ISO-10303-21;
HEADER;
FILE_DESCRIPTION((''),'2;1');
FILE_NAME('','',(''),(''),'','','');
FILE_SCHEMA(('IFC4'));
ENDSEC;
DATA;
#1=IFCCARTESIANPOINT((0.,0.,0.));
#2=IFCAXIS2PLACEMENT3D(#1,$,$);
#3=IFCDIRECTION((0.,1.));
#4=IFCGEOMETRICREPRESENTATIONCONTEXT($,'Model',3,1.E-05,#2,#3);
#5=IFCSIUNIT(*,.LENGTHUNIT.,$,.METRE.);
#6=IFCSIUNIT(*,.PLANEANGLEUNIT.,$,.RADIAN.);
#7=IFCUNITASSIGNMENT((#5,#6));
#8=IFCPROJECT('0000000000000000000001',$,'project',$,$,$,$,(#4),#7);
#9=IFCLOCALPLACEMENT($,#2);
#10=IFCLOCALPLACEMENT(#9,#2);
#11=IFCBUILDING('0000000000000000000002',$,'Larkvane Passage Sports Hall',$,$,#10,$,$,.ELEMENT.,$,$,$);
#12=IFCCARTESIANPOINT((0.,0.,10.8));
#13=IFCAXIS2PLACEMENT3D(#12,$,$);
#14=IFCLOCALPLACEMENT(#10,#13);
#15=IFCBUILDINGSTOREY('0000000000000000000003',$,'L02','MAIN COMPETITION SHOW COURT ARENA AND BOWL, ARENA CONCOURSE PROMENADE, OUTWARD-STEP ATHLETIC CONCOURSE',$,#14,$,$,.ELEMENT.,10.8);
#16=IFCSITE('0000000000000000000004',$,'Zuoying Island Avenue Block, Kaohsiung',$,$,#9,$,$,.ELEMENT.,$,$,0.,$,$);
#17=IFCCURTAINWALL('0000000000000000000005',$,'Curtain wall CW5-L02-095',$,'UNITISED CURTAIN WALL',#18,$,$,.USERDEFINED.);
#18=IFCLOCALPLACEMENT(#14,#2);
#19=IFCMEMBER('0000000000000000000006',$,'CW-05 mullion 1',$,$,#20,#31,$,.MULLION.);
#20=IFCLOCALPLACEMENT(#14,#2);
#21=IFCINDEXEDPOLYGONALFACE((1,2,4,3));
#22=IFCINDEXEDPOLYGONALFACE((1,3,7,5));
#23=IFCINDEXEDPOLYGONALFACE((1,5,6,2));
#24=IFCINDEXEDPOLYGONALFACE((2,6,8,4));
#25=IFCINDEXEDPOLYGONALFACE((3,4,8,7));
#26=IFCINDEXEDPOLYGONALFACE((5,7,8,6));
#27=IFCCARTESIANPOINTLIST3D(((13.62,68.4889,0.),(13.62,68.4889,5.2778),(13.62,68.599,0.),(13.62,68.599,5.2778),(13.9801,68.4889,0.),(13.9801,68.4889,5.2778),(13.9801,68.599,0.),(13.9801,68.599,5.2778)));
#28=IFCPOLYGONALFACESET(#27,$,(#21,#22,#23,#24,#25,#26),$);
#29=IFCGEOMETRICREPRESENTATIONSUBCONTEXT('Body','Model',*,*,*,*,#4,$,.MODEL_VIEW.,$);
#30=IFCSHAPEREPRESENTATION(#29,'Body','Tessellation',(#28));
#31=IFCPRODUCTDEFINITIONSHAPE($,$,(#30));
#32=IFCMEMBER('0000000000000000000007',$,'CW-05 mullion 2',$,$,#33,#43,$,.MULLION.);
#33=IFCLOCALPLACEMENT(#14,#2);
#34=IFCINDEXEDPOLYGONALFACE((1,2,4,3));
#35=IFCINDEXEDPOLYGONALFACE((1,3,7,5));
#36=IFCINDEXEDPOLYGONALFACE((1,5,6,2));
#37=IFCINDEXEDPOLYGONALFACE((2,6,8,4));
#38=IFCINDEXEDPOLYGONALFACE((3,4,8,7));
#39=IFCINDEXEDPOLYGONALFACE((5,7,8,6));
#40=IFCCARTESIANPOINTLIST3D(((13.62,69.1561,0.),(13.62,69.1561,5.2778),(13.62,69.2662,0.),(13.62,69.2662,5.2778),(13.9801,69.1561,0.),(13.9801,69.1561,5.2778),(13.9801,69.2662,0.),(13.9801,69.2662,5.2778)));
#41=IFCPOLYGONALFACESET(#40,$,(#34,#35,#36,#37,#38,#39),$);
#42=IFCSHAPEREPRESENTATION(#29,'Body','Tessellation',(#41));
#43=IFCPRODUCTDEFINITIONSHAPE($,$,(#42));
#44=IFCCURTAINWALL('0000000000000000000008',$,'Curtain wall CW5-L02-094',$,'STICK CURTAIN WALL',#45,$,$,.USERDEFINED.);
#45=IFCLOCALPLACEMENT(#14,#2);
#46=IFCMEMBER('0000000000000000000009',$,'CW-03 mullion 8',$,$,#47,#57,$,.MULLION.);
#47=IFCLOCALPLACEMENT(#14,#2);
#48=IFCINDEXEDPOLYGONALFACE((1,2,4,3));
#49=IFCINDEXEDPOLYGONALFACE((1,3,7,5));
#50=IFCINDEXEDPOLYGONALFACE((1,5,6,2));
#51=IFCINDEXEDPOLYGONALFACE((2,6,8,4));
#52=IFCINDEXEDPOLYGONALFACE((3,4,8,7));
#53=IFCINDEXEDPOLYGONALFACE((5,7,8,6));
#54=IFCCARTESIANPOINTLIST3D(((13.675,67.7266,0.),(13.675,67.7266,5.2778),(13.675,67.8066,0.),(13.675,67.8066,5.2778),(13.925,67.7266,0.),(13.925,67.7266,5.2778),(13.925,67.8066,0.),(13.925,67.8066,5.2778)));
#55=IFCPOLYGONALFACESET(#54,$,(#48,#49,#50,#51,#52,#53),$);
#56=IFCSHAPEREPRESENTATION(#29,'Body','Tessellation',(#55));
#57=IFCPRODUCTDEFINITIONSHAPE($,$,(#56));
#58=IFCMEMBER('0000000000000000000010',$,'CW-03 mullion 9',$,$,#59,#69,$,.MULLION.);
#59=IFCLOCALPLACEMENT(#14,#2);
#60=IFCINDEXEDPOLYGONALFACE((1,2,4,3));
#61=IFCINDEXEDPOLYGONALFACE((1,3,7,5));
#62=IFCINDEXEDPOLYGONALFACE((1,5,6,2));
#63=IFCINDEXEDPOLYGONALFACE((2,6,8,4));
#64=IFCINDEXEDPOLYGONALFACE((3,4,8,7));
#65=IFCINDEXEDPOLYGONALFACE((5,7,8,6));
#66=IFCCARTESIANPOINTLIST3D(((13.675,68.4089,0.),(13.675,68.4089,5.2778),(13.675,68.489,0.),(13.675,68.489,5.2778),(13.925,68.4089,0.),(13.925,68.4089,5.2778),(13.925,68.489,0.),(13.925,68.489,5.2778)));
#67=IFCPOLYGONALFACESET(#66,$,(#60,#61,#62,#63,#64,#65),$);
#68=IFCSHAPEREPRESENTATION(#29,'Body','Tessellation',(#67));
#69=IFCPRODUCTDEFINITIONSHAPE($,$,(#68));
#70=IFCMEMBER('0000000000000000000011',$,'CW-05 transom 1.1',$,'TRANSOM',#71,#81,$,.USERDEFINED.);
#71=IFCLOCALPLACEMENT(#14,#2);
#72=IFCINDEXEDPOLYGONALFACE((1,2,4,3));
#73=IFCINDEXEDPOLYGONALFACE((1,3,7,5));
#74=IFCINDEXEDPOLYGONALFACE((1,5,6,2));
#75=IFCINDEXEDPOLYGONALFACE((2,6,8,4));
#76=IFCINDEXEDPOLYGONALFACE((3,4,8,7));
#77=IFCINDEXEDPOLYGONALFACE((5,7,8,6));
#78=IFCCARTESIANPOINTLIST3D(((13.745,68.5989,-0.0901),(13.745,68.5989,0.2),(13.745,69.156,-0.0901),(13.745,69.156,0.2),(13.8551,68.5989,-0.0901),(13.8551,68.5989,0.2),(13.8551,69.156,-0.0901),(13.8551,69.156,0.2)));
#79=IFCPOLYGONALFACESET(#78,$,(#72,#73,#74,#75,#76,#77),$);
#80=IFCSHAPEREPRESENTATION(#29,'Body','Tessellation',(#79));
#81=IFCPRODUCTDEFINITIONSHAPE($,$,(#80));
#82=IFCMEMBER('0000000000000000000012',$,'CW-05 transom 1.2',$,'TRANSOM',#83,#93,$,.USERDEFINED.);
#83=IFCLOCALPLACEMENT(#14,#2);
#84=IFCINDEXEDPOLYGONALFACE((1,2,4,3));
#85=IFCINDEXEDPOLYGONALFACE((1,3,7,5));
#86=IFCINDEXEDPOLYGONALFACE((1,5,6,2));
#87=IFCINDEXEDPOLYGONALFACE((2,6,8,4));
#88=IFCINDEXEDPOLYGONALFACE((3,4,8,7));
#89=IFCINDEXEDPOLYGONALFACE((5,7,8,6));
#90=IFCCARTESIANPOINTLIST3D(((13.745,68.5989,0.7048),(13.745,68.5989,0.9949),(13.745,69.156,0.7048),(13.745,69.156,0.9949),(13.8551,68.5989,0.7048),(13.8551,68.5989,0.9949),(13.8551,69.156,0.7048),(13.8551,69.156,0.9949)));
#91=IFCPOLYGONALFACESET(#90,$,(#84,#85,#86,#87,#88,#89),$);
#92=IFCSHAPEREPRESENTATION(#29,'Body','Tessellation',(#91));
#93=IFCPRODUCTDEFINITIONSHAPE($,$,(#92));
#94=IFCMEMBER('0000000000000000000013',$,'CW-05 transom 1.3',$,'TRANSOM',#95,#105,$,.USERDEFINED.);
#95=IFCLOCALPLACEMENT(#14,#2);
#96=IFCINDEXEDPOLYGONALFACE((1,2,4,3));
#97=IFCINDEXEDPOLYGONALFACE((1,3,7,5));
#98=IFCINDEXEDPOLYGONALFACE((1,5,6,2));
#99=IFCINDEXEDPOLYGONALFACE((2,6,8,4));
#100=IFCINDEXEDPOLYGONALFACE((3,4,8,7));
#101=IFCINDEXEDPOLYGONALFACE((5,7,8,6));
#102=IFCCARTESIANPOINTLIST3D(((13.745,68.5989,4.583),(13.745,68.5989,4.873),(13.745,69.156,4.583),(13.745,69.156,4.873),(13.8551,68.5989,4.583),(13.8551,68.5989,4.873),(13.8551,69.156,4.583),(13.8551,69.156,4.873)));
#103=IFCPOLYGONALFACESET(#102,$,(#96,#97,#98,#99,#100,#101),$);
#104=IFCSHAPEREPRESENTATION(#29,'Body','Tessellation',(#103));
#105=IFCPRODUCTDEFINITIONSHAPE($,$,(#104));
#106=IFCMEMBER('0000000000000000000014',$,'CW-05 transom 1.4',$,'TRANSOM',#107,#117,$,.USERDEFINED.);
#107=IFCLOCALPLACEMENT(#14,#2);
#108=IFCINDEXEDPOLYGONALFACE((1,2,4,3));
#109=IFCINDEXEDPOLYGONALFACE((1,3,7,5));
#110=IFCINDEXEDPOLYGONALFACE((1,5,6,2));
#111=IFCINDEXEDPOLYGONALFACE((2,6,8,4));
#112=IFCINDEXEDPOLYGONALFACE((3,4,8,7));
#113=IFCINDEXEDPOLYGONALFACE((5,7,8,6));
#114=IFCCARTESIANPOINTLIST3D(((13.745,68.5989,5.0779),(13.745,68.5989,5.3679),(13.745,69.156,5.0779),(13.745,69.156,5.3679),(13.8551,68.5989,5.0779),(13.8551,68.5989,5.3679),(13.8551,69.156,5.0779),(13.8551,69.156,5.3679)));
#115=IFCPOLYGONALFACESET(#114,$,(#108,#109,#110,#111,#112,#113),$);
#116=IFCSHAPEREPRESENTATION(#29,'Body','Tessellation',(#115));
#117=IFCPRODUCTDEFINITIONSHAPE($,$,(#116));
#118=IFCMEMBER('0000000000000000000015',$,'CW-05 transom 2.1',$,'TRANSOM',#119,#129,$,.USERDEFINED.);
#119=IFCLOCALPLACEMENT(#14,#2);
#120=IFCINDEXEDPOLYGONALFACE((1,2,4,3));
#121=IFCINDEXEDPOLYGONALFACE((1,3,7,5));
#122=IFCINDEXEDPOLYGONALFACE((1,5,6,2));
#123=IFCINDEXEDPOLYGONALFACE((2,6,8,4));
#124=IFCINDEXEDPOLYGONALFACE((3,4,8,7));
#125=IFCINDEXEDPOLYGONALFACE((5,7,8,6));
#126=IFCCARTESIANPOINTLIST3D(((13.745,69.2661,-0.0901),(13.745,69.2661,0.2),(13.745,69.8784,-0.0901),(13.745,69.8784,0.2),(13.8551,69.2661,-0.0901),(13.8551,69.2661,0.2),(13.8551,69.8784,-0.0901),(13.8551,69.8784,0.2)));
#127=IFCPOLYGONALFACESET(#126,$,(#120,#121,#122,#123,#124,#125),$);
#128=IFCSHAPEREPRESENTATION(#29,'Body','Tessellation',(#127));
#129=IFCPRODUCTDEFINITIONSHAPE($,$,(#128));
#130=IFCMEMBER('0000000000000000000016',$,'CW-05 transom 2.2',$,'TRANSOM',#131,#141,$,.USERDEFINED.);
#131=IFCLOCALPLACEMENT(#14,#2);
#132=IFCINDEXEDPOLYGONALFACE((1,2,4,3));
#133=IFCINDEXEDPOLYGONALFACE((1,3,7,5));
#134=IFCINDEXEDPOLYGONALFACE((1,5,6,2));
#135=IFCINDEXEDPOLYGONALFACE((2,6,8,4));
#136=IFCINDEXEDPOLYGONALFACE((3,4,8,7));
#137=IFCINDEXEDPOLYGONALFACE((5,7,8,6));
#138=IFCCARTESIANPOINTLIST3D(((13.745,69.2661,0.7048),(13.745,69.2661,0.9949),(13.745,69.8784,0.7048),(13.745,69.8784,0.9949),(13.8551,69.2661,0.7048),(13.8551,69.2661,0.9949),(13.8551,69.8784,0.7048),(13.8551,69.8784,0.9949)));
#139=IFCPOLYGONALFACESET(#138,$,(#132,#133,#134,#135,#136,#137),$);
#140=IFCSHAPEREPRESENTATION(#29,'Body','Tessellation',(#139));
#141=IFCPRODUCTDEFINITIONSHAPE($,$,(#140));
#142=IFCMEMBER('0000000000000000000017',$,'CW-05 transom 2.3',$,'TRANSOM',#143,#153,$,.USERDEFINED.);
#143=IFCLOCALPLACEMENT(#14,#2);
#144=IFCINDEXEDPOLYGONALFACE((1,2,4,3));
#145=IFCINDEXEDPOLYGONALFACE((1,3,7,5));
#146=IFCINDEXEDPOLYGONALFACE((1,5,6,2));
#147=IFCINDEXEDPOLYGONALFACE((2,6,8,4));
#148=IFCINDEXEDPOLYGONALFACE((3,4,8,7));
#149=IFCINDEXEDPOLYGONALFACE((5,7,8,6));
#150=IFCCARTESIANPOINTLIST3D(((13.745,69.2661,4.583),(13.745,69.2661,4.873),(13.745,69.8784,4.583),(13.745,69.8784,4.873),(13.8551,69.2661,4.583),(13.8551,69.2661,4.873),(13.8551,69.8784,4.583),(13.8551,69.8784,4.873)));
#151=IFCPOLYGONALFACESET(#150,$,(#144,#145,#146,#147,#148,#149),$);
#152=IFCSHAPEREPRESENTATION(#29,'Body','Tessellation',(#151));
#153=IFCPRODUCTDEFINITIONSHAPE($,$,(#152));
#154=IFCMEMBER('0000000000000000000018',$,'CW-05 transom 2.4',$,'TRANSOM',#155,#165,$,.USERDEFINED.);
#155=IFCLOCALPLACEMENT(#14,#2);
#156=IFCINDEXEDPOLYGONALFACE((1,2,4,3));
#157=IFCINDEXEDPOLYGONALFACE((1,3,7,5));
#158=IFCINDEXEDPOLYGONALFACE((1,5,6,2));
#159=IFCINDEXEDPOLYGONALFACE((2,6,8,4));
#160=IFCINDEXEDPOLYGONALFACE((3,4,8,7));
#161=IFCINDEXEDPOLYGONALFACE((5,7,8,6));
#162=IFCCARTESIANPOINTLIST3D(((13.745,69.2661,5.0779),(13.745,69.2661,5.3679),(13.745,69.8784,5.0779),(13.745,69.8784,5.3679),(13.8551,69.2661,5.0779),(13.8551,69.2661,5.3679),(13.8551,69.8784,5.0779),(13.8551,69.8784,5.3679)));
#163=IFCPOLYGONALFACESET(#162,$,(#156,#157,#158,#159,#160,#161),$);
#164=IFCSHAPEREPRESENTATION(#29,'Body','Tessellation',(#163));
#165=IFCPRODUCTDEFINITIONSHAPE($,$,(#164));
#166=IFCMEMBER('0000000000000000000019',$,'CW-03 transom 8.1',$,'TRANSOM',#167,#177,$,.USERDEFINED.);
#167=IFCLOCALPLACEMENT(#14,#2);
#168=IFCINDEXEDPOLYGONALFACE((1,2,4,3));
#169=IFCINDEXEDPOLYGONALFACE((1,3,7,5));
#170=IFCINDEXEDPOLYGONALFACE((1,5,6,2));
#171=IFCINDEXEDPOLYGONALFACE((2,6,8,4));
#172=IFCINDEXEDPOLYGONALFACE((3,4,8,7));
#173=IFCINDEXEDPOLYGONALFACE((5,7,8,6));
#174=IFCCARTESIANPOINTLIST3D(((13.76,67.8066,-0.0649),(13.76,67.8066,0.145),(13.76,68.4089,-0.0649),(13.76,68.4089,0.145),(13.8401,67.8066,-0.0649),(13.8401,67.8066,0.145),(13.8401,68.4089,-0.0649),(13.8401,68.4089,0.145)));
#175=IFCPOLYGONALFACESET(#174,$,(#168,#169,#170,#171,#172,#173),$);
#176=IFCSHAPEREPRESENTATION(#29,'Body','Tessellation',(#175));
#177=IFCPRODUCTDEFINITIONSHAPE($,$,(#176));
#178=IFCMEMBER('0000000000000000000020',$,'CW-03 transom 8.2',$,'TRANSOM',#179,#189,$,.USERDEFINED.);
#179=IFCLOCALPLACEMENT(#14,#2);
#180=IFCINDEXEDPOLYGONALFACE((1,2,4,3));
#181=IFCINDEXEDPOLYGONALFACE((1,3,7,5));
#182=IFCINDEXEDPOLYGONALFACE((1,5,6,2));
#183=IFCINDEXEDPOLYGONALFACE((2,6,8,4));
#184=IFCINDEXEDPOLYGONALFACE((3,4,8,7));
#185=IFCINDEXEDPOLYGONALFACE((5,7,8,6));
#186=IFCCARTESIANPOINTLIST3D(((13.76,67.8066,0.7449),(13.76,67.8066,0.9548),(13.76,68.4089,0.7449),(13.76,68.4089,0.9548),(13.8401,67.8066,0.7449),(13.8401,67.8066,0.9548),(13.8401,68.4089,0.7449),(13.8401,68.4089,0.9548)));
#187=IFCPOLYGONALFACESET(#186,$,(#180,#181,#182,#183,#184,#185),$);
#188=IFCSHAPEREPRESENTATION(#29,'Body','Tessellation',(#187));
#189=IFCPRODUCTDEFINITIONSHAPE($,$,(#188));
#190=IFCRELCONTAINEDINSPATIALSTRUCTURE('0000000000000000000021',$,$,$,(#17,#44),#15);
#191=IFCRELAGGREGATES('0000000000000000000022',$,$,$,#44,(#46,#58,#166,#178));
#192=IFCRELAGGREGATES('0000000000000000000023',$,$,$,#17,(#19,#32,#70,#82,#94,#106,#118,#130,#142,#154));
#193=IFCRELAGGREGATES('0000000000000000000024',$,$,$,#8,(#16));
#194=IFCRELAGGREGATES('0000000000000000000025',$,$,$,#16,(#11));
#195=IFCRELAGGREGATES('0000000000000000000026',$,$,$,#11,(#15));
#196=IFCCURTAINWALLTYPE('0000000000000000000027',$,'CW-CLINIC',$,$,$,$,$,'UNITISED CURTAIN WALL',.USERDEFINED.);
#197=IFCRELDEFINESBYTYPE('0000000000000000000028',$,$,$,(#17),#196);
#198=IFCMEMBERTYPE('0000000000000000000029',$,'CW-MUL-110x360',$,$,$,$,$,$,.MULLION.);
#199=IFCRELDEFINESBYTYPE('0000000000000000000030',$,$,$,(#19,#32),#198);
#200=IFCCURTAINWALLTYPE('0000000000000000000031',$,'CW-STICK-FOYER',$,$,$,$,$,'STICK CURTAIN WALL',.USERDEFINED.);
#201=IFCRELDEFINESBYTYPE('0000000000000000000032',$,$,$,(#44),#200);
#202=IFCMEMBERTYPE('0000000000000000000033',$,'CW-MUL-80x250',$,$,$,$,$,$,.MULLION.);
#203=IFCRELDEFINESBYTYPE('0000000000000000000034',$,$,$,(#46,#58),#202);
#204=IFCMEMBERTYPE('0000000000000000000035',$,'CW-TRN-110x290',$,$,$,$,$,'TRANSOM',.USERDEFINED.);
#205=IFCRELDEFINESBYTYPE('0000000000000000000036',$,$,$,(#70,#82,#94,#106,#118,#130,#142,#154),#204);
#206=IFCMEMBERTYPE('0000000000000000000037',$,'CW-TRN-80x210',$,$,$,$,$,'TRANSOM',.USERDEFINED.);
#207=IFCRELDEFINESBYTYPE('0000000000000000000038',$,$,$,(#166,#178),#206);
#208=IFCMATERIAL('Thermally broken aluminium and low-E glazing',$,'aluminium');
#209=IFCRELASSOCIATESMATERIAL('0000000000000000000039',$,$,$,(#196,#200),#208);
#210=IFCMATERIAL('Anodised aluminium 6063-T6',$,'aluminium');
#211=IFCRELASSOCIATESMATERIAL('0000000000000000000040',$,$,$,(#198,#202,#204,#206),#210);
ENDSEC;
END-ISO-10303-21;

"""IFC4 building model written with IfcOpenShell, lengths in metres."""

from ifc_helpers import new_model, si_unit, direction, frame, origin, origin_2d, place, context, subcontext, project, spatial, rectangle, extrude, material, material_profile, profile_set, type_object, element, aggregate, save


model = new_model("IFC4")

# Units and contexts
model_context = context("Model", 3, precision=1e-05, world=origin(), true_north=direction((0.0, 1.0)))
body_context = subcontext(model_context, "Body", "Model", "MODEL_VIEW")
ifc_project = project(units=[si_unit("LENGTHUNIT", "METRE"), si_unit("PLANEANGLEUNIT", "RADIAN")], contexts=[model_context])

# Site, building, storey
site_placement = place(None, origin())
site = spatial("IfcSite", under=ifc_project, at=site_placement, Name="Zuoying Island Avenue Block, Kaohsiung", CompositionType="ELEMENT", RefElevation=0.0)
building_placement = place(site_placement, origin())
building = spatial("IfcBuilding", under=site, at=building_placement, Name="Larkvane Passage Sports Hall", CompositionType="ELEMENT")
storey_placement = place(building_placement, frame((0.0, 0.0, 10.8)))
storey = spatial("IfcBuildingStorey", under=building, at=storey_placement, Name="L02", Description="MAIN COMPETITION SHOW COURT ARENA AND BOWL, ARENA CONCOURSE PROMENADE, OUTWARD-STEP ATHLETIC CONCOURSE", CompositionType="ELEMENT", Elevation=10.8)

# Curtain walls, members
ifc_material_1 = material(Name="Thermally broken aluminium and low-E glazing", Category="aluminium")
curtain_wall_type_1 = type_object("IfcCurtainWallType", Name="CW-CLINIC", ElementType="UNITISED CURTAIN WALL", PredefinedType="USERDEFINED", material=ifc_material_1)
curtain_wall_1_placement = place(storey_placement, origin())
curtain_wall_1 = element("IfcCurtainWall", 1, at=curtain_wall_1_placement, inside=storey, type_object=curtain_wall_type_1, Name="Curtain wall CW5-L02-095", ObjectType="UNITISED CURTAIN WALL", PredefinedType="USERDEFINED")
ifc_material_2 = material(Name="Anodised aluminium 6063-T6", Category="aluminium")
ifc_material_profile_1 = material_profile(ifc_material_2, rectangle(XDim=0.1101, YDim=0.3601, at=origin_2d()), Name="ALU-MUL-110x360")
ifc_profile_set_1 = profile_set([ifc_material_profile_1], Name="Anodised aluminium 6063-T6")
member_type_1 = type_object("IfcMemberType", Name="CW-MUL-110x360", PredefinedType="MULLION", material=ifc_profile_set_1)
member_1_placement = place(storey_placement, frame((13.8, 68.5439, 0.0), z_axis=(0.0, 0.0, 1.0), x_axis=(0.0, 1.0, 0.0)))
member_1 = element("IfcMember", 2, at=member_1_placement, type_object=member_type_1, Name="CW-05 mullion 1", PredefinedType="MULLION", context=body_context, shape_type="SweptSolid", body=[
    extrude(rectangle(XDim=0.1101, YDim=0.3601, at=origin_2d()), origin(), (0.0, 0.0, 1.0), 5.2778),
])
member_2_placement = place(storey_placement, frame((13.8, 69.2112, 0.0), z_axis=(0.0, 0.0, 1.0), x_axis=(0.0, 1.0, 0.0)))
member_2 = element("IfcMember", 3, at=member_2_placement, type_object=member_type_1, Name="CW-05 mullion 2", PredefinedType="MULLION", context=body_context, shape_type="SweptSolid", body=[
    extrude(rectangle(XDim=0.1101, YDim=0.3601, at=origin_2d()), origin(), (0.0, 0.0, 1.0), 5.2778),
])
curtain_wall_type_2 = type_object("IfcCurtainWallType", Name="CW-STICK-FOYER", ElementType="STICK CURTAIN WALL", PredefinedType="USERDEFINED", material=ifc_material_1)
curtain_wall_2_placement = place(storey_placement, origin())
curtain_wall_2 = element("IfcCurtainWall", 4, at=curtain_wall_2_placement, inside=storey, type_object=curtain_wall_type_2, Name="Curtain wall CW5-L02-094", ObjectType="STICK CURTAIN WALL", PredefinedType="USERDEFINED")
ifc_material_profile_2 = material_profile(ifc_material_2, rectangle(XDim=0.0801, YDim=0.25, at=origin_2d()), Name="ALU-MUL-80x250")
ifc_profile_set_2 = profile_set([ifc_material_profile_2], Name="Anodised aluminium 6063-T6")
member_type_2 = type_object("IfcMemberType", Name="CW-MUL-80x250", PredefinedType="MULLION", material=ifc_profile_set_2)
member_3_placement = place(storey_placement, frame((13.8, 67.7666, 0.0), z_axis=(0.0, 0.0, 1.0), x_axis=(0.0, 1.0, 0.0)))
member_3 = element("IfcMember", 5, at=member_3_placement, type_object=member_type_2, Name="CW-03 mullion 8", PredefinedType="MULLION", context=body_context, shape_type="SweptSolid", body=[
    extrude(rectangle(XDim=0.0801, YDim=0.25, at=origin_2d()), origin(), (0.0, 0.0, 1.0), 5.2778),
])
member_4_placement = place(storey_placement, frame((13.8, 68.449, 0.0), z_axis=(0.0, 0.0, 1.0), x_axis=(0.0, 1.0, 0.0)))
member_4 = element("IfcMember", 6, at=member_4_placement, type_object=member_type_2, Name="CW-03 mullion 9", PredefinedType="MULLION", context=body_context, shape_type="SweptSolid", body=[
    extrude(rectangle(XDim=0.0801, YDim=0.25, at=origin_2d()), origin(), (0.0, 0.0, 1.0), 5.2778),
])

# Members
ifc_material_profile_3 = material_profile(ifc_material_2, rectangle(XDim=0.1101, YDim=0.29, at=origin_2d()), Name="ALU-TRN-110x290")
ifc_profile_set_3 = profile_set([ifc_material_profile_3], Name="Anodised aluminium 6063-T6")
member_type_3 = type_object("IfcMemberType", Name="CW-TRN-110x290", ElementType="TRANSOM", PredefinedType="USERDEFINED", material=ifc_profile_set_3)
member_5_placement = place(storey_placement, frame((13.8, 68.5989, 0.0549), z_axis=(0.0, 1.0, 0.0), x_axis=(-1.0, 0.0, 0.0)))
member_5 = element("IfcMember", 7, at=member_5_placement, type_object=member_type_3, Name="CW-05 transom 1.1", ObjectType="TRANSOM", PredefinedType="USERDEFINED", context=body_context, shape_type="SweptSolid", body=[
    extrude(rectangle(XDim=0.1101, YDim=0.29, at=origin_2d()), origin(), (0.0, 0.0, 1.0), 0.5571),
])
member_6_placement = place(storey_placement, frame((13.8, 68.5989, 0.8499), z_axis=(0.0, 1.0, 0.0), x_axis=(-1.0, 0.0, 0.0)))
member_6 = element("IfcMember", 8, at=member_6_placement, type_object=member_type_3, Name="CW-05 transom 1.2", ObjectType="TRANSOM", PredefinedType="USERDEFINED", context=body_context, shape_type="SweptSolid", body=[
    extrude(rectangle(XDim=0.1101, YDim=0.29, at=origin_2d()), origin(), (0.0, 0.0, 1.0), 0.5571),
])
member_7_placement = place(storey_placement, frame((13.8, 68.5989, 4.728), z_axis=(0.0, 1.0, 0.0), x_axis=(-1.0, 0.0, 0.0)))
member_7 = element("IfcMember", 9, at=member_7_placement, type_object=member_type_3, Name="CW-05 transom 1.3", ObjectType="TRANSOM", PredefinedType="USERDEFINED", context=body_context, shape_type="SweptSolid", body=[
    extrude(rectangle(XDim=0.1101, YDim=0.29, at=origin_2d()), origin(), (0.0, 0.0, 1.0), 0.5571),
])
member_8_placement = place(storey_placement, frame((13.8, 68.5989, 5.2229), z_axis=(0.0, 1.0, 0.0), x_axis=(-1.0, 0.0, 0.0)))
member_8 = element("IfcMember", 10, at=member_8_placement, type_object=member_type_3, Name="CW-05 transom 1.4", ObjectType="TRANSOM", PredefinedType="USERDEFINED", context=body_context, shape_type="SweptSolid", body=[
    extrude(rectangle(XDim=0.1101, YDim=0.29, at=origin_2d()), origin(), (0.0, 0.0, 1.0), 0.5571),
])
member_9_placement = place(storey_placement, frame((13.8, 69.2661, 0.0549), z_axis=(0.0, 1.0, 0.0), x_axis=(-1.0, 0.0, 0.0)))
member_9 = element("IfcMember", 11, at=member_9_placement, type_object=member_type_3, Name="CW-05 transom 2.1", ObjectType="TRANSOM", PredefinedType="USERDEFINED", context=body_context, shape_type="SweptSolid", body=[
    extrude(rectangle(XDim=0.1101, YDim=0.29, at=origin_2d()), origin(), (0.0, 0.0, 1.0), 0.6123),
])
member_10_placement = place(storey_placement, frame((13.8, 69.2661, 0.8499), z_axis=(0.0, 1.0, 0.0), x_axis=(-1.0, 0.0, 0.0)))
member_10 = element("IfcMember", 12, at=member_10_placement, type_object=member_type_3, Name="CW-05 transom 2.2", ObjectType="TRANSOM", PredefinedType="USERDEFINED", context=body_context, shape_type="SweptSolid", body=[
    extrude(rectangle(XDim=0.1101, YDim=0.29, at=origin_2d()), origin(), (0.0, 0.0, 1.0), 0.6123),
])
member_11_placement = place(storey_placement, frame((13.8, 69.2661, 4.728), z_axis=(0.0, 1.0, 0.0), x_axis=(-1.0, 0.0, 0.0)))
member_11 = element("IfcMember", 13, at=member_11_placement, type_object=member_type_3, Name="CW-05 transom 2.3", ObjectType="TRANSOM", PredefinedType="USERDEFINED", context=body_context, shape_type="SweptSolid", body=[
    extrude(rectangle(XDim=0.1101, YDim=0.29, at=origin_2d()), origin(), (0.0, 0.0, 1.0), 0.6123),
])
member_12_placement = place(storey_placement, frame((13.8, 69.2661, 5.2229), z_axis=(0.0, 1.0, 0.0), x_axis=(-1.0, 0.0, 0.0)))
member_12 = element("IfcMember", 14, at=member_12_placement, type_object=member_type_3, Name="CW-05 transom 2.4", ObjectType="TRANSOM", PredefinedType="USERDEFINED", context=body_context, shape_type="SweptSolid", body=[
    extrude(rectangle(XDim=0.1101, YDim=0.29, at=origin_2d()), origin(), (0.0, 0.0, 1.0), 0.6123),
])
ifc_material_profile_4 = material_profile(ifc_material_2, rectangle(XDim=0.0801, YDim=0.21, at=origin_2d()), Name="ALU-TRN-80x210")
ifc_profile_set_4 = profile_set([ifc_material_profile_4], Name="Anodised aluminium 6063-T6")
member_type_4 = type_object("IfcMemberType", Name="CW-TRN-80x210", ElementType="TRANSOM", PredefinedType="USERDEFINED", material=ifc_profile_set_4)
member_13_placement = place(storey_placement, frame((13.8, 67.8066, 0.04), z_axis=(0.0, 1.0, 0.0), x_axis=(-1.0, 0.0, 0.0)))
member_13 = element("IfcMember", 15, at=member_13_placement, type_object=member_type_4, Name="CW-03 transom 8.1", ObjectType="TRANSOM", PredefinedType="USERDEFINED", context=body_context, shape_type="SweptSolid", body=[
    extrude(rectangle(XDim=0.0801, YDim=0.21, at=origin_2d()), origin(), (0.0, 0.0, 1.0), 0.6023),
])
member_14_placement = place(storey_placement, frame((13.8, 67.8066, 0.8499), z_axis=(0.0, 1.0, 0.0), x_axis=(-1.0, 0.0, 0.0)))
member_14 = element("IfcMember", 16, at=member_14_placement, type_object=member_type_4, Name="CW-03 transom 8.2", ObjectType="TRANSOM", PredefinedType="USERDEFINED", context=body_context, shape_type="SweptSolid", body=[
    extrude(rectangle(XDim=0.0801, YDim=0.21, at=origin_2d()), origin(), (0.0, 0.0, 1.0), 0.6023),
])

aggregate(curtain_wall_2, [member_3, member_4, member_13, member_14])
aggregate(curtain_wall_1, [member_1, member_2, member_5, member_6, member_7, member_8, member_9, member_10, member_11, member_12])

save(model, "model.ifc")
